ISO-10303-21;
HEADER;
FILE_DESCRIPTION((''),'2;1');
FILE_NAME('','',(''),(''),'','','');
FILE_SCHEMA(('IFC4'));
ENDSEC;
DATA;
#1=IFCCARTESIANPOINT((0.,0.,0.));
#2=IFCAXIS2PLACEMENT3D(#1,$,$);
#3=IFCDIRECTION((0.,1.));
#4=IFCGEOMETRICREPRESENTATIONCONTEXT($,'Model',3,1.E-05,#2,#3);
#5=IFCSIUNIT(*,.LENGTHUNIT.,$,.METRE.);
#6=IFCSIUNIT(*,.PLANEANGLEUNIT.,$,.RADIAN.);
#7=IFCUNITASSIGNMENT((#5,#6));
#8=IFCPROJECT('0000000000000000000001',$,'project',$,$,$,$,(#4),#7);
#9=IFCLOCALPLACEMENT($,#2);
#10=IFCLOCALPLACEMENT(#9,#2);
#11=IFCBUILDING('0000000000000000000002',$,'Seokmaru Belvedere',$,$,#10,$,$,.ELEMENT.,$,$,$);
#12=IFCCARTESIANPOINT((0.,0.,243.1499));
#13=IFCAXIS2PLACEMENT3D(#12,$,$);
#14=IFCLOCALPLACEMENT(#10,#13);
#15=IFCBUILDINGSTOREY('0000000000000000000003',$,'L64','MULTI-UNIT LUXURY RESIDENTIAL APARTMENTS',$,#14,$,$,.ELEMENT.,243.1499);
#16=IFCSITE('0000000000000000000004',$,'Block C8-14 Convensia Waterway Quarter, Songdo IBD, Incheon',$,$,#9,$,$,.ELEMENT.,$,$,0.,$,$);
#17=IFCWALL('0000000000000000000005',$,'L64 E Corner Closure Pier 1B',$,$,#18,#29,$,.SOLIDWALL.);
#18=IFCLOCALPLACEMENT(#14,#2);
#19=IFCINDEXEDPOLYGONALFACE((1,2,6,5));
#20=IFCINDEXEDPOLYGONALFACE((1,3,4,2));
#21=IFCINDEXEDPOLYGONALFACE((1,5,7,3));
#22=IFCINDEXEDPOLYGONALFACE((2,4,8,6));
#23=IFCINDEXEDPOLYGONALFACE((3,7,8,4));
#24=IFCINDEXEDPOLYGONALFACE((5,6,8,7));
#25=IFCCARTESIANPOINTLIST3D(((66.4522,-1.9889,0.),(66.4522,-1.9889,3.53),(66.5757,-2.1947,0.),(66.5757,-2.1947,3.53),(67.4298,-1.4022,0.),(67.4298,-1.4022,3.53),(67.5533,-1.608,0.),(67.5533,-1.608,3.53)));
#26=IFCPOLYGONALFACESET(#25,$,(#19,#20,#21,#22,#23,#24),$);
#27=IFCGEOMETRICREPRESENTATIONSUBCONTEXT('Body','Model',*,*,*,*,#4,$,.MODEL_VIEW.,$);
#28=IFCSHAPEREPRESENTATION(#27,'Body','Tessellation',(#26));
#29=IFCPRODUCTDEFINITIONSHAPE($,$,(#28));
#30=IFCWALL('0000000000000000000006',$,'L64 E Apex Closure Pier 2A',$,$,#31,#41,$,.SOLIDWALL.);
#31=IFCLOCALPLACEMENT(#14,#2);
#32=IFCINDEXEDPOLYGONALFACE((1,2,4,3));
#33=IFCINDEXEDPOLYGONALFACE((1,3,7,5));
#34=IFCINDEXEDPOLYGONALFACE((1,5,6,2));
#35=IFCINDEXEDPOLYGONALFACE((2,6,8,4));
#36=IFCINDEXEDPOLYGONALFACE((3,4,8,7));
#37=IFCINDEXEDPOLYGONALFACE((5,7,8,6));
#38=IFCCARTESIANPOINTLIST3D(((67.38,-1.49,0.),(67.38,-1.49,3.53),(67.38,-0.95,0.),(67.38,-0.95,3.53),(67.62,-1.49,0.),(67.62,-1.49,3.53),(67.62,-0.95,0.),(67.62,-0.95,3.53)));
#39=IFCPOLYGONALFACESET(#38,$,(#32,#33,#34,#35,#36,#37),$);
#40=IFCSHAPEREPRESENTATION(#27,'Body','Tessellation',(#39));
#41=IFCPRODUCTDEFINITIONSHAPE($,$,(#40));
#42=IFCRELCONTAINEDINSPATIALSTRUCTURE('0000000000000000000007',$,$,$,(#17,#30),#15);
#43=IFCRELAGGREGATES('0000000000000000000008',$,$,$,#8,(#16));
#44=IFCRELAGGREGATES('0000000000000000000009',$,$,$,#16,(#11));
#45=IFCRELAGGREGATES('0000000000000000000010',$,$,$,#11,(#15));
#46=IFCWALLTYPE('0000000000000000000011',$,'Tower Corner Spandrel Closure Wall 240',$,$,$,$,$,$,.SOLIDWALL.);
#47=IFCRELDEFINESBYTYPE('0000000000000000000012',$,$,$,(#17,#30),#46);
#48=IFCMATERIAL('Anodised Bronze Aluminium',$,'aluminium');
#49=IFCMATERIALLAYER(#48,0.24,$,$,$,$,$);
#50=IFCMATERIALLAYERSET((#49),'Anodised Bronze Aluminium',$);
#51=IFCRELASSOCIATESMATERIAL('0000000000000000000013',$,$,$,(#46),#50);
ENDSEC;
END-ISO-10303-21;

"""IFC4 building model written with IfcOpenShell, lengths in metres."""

from ifc_helpers import new_model, si_unit, direction, frame, frame_2d, origin, place, context, subcontext, project, spatial, rectangle, extrude, material, layer, layer_set, type_object, element, save


model = new_model("IFC4")

# Units and contexts
model_context = context("Model", 3, precision=1e-05, world=origin(), true_north=direction((0.0, 1.0)))
body_context = subcontext(model_context, "Body", "Model", "MODEL_VIEW")
ifc_project = project(units=[si_unit("LENGTHUNIT", "METRE"), si_unit("PLANEANGLEUNIT", "RADIAN")], contexts=[model_context])

# Site, building, storey
site_placement = place(None, origin())
site = spatial("IfcSite", under=ifc_project, at=site_placement, Name="Block C8-14 Convensia Waterway Quarter, Songdo IBD, Incheon", CompositionType="ELEMENT", RefElevation=0.0)
building_placement = place(site_placement, origin())
building = spatial("IfcBuilding", under=site, at=building_placement, Name="Seokmaru Belvedere", CompositionType="ELEMENT")
storey_placement = place(building_placement, frame((0.0, 0.0, 243.1499)))
storey = spatial("IfcBuildingStorey", under=building, at=storey_placement, Name="L64", Description="MULTI-UNIT LUXURY RESIDENTIAL APARTMENTS", CompositionType="ELEMENT", Elevation=243.1499)

# Shared definitions
ifc_material_1 = material(Name="Anodised Bronze Aluminium", Category="aluminium")

# Walls
ifc_layer_1 = layer(ifc_material_1, 0.24)
ifc_layer_set_1 = layer_set([ifc_layer_1], Name="Anodised Bronze Aluminium")
wall_type_1 = type_object("IfcWallType", Name="Tower Corner Spandrel Closure Wall 240", PredefinedType="SOLIDWALL", material=ifc_layer_set_1)
wall_1_placement = place(storey_placement, frame((66.5139, -2.0918, 0.0), z_axis=(0.0, 0.0, 1.0), x_axis=(0.857436, 0.51459, 0.0)))
element("IfcWall", 1, at=wall_1_placement, inside=storey, type_object=wall_type_1, Name="L64 E Corner Closure Pier 1B", PredefinedType="SOLIDWALL", context=body_context, shape_type="SweptSolid", body=[
    extrude(rectangle(XDim=1.1401, YDim=0.24, at=frame_2d((0.5701, 0.0))), origin(), (0.0, 0.0, 1.0), 3.53),
])
wall_2_placement = place(storey_placement, frame((67.5, -1.49, 0.0), z_axis=(0.0, 0.0, 1.0), x_axis=(0.0, 1.0, 0.0)))
element("IfcWall", 2, at=wall_2_placement, inside=storey, type_object=wall_type_1, Name="L64 E Apex Closure Pier 2A", PredefinedType="SOLIDWALL", context=body_context, shape_type="SweptSolid", body=[
    extrude(rectangle(XDim=0.54, YDim=0.24, at=frame_2d((0.27, 0.0))), origin(), (0.0, 0.0, 1.0), 3.53),
])

save(model, "model.ifc")
